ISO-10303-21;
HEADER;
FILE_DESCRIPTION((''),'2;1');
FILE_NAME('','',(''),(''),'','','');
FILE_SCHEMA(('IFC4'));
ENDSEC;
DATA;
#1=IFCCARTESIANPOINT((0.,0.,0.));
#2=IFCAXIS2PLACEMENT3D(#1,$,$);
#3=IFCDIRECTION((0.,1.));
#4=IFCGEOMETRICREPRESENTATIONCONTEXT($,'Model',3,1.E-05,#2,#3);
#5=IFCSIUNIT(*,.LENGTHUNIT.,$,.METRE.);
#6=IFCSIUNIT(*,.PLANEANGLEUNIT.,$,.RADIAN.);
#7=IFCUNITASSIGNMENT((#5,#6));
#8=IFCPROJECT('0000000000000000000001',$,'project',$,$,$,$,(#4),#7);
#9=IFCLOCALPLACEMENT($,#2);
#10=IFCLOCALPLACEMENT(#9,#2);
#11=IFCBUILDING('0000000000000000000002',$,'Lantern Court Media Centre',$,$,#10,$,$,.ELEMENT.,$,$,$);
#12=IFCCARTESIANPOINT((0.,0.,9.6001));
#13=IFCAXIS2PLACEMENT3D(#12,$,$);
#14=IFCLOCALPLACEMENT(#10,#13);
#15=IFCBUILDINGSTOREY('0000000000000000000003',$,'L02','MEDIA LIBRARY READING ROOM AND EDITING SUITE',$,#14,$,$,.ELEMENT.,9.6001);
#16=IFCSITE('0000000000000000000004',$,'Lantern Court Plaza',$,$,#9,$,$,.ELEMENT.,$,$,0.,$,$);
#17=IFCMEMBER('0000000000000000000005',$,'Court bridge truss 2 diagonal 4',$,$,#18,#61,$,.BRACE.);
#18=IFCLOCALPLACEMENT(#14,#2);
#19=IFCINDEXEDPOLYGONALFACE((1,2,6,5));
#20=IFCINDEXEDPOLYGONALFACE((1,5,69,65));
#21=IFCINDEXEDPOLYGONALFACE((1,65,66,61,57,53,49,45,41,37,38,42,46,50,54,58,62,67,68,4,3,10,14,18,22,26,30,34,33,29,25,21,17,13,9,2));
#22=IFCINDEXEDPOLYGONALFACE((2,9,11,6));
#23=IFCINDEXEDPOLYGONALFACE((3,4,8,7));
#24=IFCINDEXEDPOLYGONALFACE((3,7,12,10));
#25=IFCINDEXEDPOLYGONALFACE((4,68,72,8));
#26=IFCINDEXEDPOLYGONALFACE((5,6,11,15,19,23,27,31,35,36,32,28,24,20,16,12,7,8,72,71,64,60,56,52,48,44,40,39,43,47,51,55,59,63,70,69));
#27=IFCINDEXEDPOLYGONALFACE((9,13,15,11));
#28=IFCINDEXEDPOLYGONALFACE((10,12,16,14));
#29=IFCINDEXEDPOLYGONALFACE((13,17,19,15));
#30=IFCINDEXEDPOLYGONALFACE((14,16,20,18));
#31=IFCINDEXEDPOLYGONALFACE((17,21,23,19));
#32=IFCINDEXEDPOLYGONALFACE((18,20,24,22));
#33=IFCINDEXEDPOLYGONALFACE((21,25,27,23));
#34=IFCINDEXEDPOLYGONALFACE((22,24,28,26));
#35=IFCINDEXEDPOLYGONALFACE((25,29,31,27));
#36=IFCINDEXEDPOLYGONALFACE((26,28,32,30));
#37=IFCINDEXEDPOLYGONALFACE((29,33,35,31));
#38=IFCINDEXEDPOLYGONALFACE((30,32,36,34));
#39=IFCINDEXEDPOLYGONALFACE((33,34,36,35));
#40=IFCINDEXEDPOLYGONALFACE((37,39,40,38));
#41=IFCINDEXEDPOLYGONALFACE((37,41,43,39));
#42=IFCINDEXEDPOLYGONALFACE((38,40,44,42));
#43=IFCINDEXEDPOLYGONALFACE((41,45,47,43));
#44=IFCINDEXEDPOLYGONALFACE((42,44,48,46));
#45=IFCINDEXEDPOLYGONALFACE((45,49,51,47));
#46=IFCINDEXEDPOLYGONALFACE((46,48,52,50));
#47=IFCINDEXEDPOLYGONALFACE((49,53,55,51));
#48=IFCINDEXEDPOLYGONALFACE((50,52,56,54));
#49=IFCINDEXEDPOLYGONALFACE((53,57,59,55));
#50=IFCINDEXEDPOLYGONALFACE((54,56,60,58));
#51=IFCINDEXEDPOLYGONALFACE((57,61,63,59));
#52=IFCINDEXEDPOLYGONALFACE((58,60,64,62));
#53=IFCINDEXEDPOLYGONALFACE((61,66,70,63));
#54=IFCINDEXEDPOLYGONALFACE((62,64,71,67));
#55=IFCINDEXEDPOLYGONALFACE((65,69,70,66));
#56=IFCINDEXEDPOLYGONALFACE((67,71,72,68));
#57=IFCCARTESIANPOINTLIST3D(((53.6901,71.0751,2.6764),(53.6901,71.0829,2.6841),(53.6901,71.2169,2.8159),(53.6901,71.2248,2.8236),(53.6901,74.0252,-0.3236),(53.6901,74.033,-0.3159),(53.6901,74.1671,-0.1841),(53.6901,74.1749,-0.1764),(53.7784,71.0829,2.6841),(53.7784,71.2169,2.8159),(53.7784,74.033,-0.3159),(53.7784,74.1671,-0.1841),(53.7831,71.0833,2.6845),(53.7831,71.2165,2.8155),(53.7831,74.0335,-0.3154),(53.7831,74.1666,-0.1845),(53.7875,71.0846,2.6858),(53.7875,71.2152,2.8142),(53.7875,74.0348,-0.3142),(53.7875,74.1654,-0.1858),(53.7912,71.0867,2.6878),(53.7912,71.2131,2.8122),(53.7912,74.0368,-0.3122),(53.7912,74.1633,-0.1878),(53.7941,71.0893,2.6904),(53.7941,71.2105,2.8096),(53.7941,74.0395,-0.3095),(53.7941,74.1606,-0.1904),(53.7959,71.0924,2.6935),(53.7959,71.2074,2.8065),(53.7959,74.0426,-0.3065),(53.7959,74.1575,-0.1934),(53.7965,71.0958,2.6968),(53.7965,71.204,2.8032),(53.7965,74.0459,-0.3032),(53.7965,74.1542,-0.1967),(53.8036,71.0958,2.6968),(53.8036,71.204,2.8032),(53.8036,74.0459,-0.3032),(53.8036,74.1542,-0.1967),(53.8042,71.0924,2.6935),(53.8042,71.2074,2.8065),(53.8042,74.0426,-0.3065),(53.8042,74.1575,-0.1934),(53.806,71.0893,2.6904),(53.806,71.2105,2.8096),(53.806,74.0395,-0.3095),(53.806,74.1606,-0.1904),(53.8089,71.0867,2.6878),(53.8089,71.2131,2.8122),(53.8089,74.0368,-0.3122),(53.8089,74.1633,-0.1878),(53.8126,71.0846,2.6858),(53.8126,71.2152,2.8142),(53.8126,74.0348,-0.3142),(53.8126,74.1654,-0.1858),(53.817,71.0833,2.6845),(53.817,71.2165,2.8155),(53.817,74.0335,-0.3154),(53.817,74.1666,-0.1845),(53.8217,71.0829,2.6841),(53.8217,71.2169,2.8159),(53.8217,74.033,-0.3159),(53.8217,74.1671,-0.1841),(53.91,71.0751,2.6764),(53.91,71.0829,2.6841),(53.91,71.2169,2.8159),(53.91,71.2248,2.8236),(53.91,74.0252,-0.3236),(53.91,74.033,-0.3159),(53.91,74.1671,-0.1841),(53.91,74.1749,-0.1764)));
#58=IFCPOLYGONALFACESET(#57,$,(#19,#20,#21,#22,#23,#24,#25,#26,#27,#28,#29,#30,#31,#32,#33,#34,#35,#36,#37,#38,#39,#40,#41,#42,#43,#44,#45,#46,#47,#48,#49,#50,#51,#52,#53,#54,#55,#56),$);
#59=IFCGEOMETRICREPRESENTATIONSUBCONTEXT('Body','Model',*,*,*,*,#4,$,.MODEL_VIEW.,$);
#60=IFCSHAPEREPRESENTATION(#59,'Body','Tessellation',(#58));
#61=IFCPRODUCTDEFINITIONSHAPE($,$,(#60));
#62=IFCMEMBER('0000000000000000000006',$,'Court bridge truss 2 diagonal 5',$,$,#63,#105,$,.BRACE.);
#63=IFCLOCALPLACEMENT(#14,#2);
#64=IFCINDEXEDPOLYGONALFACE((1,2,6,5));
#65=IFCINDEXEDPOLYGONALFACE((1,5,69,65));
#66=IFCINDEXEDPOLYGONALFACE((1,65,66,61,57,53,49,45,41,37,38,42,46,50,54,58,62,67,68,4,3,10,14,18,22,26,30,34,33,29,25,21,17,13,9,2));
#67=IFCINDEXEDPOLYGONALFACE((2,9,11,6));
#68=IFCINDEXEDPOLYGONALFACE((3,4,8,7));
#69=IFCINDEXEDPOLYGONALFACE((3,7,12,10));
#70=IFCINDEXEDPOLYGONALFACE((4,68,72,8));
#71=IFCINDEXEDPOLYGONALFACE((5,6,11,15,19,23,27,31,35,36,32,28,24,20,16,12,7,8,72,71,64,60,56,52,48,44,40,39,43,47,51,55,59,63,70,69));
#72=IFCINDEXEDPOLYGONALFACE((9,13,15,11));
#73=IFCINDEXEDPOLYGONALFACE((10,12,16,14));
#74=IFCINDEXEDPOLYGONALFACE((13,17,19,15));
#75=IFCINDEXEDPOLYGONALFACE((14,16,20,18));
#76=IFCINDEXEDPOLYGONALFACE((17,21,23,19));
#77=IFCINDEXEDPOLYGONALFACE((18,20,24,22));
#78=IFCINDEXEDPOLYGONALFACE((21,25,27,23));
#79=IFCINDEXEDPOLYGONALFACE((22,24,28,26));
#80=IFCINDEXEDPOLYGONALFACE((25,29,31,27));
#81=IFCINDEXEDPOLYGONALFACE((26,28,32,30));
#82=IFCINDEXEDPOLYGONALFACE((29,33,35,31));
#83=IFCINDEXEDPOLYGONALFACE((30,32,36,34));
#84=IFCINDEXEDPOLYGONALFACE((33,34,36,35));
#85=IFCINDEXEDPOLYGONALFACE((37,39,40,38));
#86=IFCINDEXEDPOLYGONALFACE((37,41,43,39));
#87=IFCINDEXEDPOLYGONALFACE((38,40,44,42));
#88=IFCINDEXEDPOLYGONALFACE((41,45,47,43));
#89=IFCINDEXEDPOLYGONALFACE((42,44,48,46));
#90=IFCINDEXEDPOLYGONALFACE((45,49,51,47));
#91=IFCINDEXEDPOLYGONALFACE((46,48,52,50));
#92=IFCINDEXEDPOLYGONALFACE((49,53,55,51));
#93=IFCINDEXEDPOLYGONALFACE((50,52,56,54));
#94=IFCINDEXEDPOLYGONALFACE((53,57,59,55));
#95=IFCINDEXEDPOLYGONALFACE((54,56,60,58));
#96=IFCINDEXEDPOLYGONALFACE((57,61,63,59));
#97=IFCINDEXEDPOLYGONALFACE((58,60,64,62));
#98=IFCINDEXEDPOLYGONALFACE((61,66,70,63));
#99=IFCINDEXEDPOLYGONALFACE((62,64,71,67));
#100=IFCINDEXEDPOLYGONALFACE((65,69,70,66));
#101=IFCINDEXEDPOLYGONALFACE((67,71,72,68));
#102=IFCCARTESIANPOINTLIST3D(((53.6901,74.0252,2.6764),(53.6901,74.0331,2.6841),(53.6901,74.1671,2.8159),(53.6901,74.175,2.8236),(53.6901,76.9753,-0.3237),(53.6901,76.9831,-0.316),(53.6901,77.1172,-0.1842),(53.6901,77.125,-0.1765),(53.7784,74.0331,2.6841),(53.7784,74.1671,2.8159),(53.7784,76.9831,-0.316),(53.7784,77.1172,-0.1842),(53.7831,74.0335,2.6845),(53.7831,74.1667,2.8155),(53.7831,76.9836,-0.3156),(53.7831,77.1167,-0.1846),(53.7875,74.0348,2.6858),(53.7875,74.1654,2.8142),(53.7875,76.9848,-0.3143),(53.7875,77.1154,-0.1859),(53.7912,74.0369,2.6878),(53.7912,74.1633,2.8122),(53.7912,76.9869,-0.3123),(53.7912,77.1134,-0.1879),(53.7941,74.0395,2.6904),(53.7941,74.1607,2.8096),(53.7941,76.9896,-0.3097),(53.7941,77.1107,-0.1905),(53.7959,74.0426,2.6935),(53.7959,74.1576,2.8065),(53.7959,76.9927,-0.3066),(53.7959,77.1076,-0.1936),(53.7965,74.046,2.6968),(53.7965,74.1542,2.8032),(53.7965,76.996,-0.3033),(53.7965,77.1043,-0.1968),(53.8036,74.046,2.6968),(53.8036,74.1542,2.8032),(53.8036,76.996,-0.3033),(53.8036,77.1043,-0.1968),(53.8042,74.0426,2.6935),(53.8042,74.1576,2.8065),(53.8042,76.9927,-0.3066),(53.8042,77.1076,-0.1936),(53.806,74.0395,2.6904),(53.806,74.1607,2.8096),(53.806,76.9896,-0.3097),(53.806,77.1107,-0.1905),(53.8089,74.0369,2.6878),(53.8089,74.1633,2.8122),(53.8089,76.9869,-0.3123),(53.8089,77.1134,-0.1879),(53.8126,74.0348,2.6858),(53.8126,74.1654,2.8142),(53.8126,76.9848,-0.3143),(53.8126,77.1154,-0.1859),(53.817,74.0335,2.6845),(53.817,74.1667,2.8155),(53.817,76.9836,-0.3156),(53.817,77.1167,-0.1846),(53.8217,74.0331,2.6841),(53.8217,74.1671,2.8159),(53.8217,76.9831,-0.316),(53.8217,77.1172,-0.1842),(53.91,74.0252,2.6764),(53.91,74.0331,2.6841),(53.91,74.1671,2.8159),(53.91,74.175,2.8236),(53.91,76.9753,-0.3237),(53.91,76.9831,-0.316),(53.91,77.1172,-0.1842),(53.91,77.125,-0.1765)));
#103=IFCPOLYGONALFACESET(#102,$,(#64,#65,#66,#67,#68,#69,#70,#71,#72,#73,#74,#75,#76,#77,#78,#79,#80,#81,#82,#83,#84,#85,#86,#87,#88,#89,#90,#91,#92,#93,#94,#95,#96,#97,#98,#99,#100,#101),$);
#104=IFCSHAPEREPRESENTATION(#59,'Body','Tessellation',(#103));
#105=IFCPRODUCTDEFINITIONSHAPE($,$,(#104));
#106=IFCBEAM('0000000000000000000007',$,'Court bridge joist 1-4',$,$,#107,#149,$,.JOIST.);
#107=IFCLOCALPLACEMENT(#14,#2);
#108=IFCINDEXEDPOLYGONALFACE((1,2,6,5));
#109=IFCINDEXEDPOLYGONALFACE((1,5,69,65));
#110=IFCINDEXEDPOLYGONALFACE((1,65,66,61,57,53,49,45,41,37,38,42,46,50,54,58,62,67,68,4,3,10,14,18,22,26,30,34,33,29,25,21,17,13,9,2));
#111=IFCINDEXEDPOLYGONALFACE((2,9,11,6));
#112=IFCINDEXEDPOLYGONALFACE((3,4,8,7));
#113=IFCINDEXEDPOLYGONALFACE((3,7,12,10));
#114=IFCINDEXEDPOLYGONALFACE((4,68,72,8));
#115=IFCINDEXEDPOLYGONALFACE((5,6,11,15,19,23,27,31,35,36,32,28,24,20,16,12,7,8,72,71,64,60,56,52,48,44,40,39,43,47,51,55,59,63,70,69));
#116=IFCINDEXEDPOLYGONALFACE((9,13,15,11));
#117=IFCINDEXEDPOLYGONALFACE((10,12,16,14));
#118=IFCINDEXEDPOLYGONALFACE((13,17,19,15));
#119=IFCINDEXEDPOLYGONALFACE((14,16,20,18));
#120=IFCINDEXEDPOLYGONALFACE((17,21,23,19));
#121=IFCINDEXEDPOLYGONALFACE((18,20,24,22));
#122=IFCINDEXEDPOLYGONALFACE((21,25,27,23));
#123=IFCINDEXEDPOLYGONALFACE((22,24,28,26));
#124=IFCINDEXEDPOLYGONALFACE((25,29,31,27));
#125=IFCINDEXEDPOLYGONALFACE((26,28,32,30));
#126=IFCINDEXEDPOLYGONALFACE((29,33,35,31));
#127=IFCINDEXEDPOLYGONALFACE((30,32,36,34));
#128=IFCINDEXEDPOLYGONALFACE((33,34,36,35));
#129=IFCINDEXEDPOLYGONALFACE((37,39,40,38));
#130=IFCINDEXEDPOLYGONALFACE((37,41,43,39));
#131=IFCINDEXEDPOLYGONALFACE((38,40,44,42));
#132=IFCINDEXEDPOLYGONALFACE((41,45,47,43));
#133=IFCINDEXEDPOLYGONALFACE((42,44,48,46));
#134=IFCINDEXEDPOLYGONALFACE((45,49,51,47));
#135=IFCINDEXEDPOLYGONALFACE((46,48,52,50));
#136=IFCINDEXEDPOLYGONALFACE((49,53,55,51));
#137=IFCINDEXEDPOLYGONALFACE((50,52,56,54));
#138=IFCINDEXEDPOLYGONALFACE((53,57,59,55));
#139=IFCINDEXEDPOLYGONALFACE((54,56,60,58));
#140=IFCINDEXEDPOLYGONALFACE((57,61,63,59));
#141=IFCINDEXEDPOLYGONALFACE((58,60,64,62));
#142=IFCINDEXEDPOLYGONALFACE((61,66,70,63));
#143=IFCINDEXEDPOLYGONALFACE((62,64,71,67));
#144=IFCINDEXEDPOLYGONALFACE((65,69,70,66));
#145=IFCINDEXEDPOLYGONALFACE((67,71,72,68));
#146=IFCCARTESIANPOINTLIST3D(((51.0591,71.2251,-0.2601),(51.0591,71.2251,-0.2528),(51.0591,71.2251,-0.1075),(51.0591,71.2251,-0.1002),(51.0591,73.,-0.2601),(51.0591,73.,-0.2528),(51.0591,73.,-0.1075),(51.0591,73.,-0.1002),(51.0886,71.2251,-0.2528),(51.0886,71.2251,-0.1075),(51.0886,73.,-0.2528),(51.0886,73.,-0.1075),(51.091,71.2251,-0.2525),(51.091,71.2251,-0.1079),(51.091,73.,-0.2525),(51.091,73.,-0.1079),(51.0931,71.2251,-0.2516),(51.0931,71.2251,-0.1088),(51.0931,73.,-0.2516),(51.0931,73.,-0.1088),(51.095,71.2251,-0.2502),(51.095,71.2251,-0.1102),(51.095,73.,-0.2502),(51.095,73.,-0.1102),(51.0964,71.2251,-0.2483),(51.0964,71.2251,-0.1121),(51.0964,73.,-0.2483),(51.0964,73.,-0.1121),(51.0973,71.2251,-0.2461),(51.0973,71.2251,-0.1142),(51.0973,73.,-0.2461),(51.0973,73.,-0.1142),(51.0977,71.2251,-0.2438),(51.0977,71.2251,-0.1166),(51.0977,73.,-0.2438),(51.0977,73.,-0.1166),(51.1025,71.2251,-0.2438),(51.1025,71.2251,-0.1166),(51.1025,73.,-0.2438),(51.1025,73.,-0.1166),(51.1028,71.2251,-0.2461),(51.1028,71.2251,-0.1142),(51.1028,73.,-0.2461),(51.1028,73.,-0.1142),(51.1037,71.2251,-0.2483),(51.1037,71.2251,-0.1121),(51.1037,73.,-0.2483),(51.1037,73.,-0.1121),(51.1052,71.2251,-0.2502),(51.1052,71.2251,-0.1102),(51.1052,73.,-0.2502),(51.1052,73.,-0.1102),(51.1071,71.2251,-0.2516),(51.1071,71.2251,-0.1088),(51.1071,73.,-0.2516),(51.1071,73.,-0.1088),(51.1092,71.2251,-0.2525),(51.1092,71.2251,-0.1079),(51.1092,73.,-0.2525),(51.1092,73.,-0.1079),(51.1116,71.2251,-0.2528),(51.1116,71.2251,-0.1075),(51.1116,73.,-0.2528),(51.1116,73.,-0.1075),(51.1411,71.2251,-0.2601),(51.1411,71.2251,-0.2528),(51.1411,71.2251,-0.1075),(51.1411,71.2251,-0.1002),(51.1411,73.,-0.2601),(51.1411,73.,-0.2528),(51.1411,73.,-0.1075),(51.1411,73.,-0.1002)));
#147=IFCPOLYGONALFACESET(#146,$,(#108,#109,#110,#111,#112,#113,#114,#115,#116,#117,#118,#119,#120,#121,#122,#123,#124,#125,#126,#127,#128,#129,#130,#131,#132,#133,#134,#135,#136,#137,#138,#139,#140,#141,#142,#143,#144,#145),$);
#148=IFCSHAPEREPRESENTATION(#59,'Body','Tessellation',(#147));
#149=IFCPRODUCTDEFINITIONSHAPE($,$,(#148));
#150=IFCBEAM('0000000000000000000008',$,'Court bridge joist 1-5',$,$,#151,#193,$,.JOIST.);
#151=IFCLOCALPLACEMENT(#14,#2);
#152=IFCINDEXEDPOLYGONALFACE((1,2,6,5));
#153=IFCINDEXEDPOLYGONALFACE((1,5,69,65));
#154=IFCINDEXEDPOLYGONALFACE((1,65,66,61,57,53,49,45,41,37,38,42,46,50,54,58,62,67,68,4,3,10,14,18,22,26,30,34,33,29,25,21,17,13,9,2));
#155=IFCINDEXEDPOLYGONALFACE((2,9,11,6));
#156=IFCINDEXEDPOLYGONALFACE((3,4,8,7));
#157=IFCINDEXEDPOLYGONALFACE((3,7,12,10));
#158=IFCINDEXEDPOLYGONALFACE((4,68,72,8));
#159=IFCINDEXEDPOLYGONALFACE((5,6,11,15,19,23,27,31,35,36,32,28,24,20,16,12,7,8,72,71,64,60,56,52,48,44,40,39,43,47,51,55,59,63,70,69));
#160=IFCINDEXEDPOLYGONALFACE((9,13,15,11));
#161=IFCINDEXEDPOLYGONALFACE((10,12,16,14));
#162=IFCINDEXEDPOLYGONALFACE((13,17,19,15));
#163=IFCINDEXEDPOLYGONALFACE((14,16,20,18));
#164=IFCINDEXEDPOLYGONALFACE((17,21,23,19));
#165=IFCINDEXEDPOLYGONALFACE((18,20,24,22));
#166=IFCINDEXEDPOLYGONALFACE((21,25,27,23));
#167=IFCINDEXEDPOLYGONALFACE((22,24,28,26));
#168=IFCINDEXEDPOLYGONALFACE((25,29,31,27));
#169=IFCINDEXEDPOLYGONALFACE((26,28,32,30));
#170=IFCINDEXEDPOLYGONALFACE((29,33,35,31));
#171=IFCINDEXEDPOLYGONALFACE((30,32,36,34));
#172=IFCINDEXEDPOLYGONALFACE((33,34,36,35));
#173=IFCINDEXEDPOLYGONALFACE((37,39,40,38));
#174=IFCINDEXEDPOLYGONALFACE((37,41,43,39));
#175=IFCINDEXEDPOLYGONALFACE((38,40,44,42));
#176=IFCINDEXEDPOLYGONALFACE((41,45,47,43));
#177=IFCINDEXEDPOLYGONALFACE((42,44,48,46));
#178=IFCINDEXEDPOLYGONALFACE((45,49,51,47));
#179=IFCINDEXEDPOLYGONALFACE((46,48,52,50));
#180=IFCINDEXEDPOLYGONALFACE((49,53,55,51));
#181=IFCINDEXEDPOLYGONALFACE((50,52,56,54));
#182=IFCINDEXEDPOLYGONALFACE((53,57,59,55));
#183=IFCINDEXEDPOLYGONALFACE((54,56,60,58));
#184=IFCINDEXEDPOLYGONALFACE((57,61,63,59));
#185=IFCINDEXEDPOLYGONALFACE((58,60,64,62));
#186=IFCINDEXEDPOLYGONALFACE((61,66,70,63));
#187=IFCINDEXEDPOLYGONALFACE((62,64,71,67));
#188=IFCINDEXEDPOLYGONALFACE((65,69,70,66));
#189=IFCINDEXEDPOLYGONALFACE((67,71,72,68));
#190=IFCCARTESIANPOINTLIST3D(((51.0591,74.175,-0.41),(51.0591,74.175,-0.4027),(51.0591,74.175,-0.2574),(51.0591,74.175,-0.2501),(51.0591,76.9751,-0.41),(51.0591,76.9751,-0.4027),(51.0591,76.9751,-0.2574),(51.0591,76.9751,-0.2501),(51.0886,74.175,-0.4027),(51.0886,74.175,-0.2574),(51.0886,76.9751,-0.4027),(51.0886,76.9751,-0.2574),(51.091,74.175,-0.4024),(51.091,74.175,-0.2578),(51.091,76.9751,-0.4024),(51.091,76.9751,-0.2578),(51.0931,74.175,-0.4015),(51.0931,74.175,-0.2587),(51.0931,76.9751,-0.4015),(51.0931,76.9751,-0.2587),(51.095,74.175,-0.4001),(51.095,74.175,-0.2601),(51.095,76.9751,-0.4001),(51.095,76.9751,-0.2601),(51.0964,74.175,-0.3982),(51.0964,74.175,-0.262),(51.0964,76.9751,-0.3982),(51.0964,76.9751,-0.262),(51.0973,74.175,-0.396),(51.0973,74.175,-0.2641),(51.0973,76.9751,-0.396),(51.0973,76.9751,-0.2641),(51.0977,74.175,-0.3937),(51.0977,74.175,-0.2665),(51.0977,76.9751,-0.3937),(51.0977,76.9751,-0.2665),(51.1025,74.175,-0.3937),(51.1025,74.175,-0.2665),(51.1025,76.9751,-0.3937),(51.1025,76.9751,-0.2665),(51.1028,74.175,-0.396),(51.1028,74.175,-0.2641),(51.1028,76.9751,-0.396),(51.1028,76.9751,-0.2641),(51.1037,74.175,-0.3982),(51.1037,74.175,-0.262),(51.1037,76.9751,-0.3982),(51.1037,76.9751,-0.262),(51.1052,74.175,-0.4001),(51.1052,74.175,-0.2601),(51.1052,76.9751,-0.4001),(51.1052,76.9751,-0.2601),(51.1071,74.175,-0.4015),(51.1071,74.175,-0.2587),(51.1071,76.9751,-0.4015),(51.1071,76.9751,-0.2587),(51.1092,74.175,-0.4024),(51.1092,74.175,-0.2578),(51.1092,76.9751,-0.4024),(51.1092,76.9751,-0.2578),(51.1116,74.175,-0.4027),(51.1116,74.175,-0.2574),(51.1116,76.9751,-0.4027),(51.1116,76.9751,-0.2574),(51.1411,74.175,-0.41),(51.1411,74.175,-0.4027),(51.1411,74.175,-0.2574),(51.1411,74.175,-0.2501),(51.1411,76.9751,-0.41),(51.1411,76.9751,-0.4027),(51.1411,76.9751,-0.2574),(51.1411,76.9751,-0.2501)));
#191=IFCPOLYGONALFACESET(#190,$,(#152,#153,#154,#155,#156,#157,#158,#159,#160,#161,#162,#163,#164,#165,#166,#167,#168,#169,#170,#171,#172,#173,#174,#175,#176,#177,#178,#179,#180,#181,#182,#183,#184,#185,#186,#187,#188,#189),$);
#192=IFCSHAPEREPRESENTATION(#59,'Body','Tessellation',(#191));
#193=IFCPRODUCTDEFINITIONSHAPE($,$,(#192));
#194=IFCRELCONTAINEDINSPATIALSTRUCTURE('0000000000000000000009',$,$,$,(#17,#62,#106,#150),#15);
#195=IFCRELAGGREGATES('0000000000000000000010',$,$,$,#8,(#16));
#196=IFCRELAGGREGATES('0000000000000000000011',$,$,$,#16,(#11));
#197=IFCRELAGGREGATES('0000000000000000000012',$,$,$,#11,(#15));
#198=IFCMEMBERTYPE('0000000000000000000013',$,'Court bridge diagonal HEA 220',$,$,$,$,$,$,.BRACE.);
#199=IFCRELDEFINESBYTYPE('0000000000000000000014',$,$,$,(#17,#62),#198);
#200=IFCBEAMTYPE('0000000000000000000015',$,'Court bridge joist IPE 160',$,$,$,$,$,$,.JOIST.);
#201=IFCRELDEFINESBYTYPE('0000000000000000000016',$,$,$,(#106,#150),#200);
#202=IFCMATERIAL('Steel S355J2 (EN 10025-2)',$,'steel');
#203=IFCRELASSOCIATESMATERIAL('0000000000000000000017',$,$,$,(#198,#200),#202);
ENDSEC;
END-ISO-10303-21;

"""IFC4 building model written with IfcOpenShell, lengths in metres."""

from ifc_helpers import new_model, si_unit, direction, frame, origin, origin_2d, place, context, subcontext, project, spatial, i_section, extrude, material, material_profile, profile_set, type_object, element, save


model = new_model("IFC4")

# Units and contexts
model_context = context("Model", 3, precision=1e-05, world=origin(), true_north=direction((0.0, 1.0)))
body_context = subcontext(model_context, "Body", "Model", "MODEL_VIEW")
ifc_project = project(units=[si_unit("LENGTHUNIT", "METRE"), si_unit("PLANEANGLEUNIT", "RADIAN")], contexts=[model_context])

# Site, building, storey
site_placement = place(None, origin())
site = spatial("IfcSite", under=ifc_project, at=site_placement, Name="Lantern Court Plaza", CompositionType="ELEMENT", RefElevation=0.0)
building_placement = place(site_placement, origin())
building = spatial("IfcBuilding", under=site, at=building_placement, Name="Lantern Court Media Centre", CompositionType="ELEMENT")
storey_placement = place(building_placement, frame((0.0, 0.0, 9.6001)))
storey = spatial("IfcBuildingStorey", under=building, at=storey_placement, Name="L02", Description="MEDIA LIBRARY READING ROOM AND EDITING SUITE", CompositionType="ELEMENT", Elevation=9.6001)

# Members
ifc_material_1 = material(Name="Steel S355J2 (EN 10025-2)", Category="steel")
ifc_material_profile_1 = material_profile(ifc_material_1, i_section(OverallWidth=0.22, OverallDepth=0.21, WebThickness=0.0071, FlangeThickness=0.011, FilletRadius=0.0181, at=origin_2d()), Name="HEA 220")
ifc_profile_set_1 = profile_set([ifc_material_profile_1], Name="Steel S355J2 (EN 10025-2)")
member_type_1 = type_object("IfcMemberType", Name="Court bridge diagonal HEA 220", PredefinedType="BRACE", material=ifc_profile_set_1)
for number, where, z_axis, x_axis, name in (
    (1, (53.8, 71.1499, 2.75), (0.0, 0.701164, -0.713), (-1.0, 0.0, 0.0), "Court bridge truss 2 diagonal 4"),
    (2, (53.8, 74.1001, 2.75), (0.0, 0.701134, -0.713029), (-1.0, 0.0, 0.0), "Court bridge truss 2 diagonal 5"),
):
    element("IfcMember", number, at=place(storey_placement, frame(where, z_axis=z_axis, x_axis=x_axis)), inside=storey, type_object=member_type_1, Name=name, PredefinedType="BRACE", context=body_context, shape_type="SweptSolid", body=[
        extrude(i_section(OverallWidth=0.22, OverallDepth=0.21, WebThickness=0.0071, FlangeThickness=0.011, FilletRadius=0.0181, at=origin_2d()), origin(), (0.0, 0.0, 1.0), 4.2075),
    ])

# Beams
ifc_material_profile_2 = material_profile(ifc_material_1, i_section(OverallWidth=0.082, OverallDepth=0.1599, WebThickness=0.0049, FlangeThickness=0.0073, FilletRadius=0.009, at=origin_2d()), Name="IPE 160")
ifc_profile_set_2 = profile_set([ifc_material_profile_2], Name="Steel S355J2 (EN 10025-2)")
beam_type_1 = type_object("IfcBeamType", Name="Court bridge joist IPE 160", PredefinedType="JOIST", material=ifc_profile_set_2)
beam_1_placement = place(storey_placement, frame((51.1001, 71.2251, -0.1802), z_axis=(0.0, 1.0, 0.0), x_axis=(-1.0, 0.0, 0.0)))
element("IfcBeam", 3, at=beam_1_placement, inside=storey, type_object=beam_type_1, Name="Court bridge joist 1-4", PredefinedType="JOIST", context=body_context, shape_type="SweptSolid", body=[
    extrude(i_section(OverallWidth=0.082, OverallDepth=0.1599, WebThickness=0.0049, FlangeThickness=0.0073, FilletRadius=0.009, at=origin_2d()), origin(), (0.0, 0.0, 1.0), 1.7749),
])
beam_2_placement = place(storey_placement, frame((51.1001, 74.175, -0.3301), z_axis=(0.0, 1.0, 0.0), x_axis=(-1.0, 0.0, 0.0)))
element("IfcBeam", 4, at=beam_2_placement, inside=storey, type_object=beam_type_1, Name="Court bridge joist 1-5", PredefinedType="JOIST", context=body_context, shape_type="SweptSolid", body=[
    extrude(i_section(OverallWidth=0.082, OverallDepth=0.1599, WebThickness=0.0049, FlangeThickness=0.0073, FilletRadius=0.009, at=origin_2d()), origin(), (0.0, 0.0, 1.0), 2.8),
])

save(model, "model.ifc")
